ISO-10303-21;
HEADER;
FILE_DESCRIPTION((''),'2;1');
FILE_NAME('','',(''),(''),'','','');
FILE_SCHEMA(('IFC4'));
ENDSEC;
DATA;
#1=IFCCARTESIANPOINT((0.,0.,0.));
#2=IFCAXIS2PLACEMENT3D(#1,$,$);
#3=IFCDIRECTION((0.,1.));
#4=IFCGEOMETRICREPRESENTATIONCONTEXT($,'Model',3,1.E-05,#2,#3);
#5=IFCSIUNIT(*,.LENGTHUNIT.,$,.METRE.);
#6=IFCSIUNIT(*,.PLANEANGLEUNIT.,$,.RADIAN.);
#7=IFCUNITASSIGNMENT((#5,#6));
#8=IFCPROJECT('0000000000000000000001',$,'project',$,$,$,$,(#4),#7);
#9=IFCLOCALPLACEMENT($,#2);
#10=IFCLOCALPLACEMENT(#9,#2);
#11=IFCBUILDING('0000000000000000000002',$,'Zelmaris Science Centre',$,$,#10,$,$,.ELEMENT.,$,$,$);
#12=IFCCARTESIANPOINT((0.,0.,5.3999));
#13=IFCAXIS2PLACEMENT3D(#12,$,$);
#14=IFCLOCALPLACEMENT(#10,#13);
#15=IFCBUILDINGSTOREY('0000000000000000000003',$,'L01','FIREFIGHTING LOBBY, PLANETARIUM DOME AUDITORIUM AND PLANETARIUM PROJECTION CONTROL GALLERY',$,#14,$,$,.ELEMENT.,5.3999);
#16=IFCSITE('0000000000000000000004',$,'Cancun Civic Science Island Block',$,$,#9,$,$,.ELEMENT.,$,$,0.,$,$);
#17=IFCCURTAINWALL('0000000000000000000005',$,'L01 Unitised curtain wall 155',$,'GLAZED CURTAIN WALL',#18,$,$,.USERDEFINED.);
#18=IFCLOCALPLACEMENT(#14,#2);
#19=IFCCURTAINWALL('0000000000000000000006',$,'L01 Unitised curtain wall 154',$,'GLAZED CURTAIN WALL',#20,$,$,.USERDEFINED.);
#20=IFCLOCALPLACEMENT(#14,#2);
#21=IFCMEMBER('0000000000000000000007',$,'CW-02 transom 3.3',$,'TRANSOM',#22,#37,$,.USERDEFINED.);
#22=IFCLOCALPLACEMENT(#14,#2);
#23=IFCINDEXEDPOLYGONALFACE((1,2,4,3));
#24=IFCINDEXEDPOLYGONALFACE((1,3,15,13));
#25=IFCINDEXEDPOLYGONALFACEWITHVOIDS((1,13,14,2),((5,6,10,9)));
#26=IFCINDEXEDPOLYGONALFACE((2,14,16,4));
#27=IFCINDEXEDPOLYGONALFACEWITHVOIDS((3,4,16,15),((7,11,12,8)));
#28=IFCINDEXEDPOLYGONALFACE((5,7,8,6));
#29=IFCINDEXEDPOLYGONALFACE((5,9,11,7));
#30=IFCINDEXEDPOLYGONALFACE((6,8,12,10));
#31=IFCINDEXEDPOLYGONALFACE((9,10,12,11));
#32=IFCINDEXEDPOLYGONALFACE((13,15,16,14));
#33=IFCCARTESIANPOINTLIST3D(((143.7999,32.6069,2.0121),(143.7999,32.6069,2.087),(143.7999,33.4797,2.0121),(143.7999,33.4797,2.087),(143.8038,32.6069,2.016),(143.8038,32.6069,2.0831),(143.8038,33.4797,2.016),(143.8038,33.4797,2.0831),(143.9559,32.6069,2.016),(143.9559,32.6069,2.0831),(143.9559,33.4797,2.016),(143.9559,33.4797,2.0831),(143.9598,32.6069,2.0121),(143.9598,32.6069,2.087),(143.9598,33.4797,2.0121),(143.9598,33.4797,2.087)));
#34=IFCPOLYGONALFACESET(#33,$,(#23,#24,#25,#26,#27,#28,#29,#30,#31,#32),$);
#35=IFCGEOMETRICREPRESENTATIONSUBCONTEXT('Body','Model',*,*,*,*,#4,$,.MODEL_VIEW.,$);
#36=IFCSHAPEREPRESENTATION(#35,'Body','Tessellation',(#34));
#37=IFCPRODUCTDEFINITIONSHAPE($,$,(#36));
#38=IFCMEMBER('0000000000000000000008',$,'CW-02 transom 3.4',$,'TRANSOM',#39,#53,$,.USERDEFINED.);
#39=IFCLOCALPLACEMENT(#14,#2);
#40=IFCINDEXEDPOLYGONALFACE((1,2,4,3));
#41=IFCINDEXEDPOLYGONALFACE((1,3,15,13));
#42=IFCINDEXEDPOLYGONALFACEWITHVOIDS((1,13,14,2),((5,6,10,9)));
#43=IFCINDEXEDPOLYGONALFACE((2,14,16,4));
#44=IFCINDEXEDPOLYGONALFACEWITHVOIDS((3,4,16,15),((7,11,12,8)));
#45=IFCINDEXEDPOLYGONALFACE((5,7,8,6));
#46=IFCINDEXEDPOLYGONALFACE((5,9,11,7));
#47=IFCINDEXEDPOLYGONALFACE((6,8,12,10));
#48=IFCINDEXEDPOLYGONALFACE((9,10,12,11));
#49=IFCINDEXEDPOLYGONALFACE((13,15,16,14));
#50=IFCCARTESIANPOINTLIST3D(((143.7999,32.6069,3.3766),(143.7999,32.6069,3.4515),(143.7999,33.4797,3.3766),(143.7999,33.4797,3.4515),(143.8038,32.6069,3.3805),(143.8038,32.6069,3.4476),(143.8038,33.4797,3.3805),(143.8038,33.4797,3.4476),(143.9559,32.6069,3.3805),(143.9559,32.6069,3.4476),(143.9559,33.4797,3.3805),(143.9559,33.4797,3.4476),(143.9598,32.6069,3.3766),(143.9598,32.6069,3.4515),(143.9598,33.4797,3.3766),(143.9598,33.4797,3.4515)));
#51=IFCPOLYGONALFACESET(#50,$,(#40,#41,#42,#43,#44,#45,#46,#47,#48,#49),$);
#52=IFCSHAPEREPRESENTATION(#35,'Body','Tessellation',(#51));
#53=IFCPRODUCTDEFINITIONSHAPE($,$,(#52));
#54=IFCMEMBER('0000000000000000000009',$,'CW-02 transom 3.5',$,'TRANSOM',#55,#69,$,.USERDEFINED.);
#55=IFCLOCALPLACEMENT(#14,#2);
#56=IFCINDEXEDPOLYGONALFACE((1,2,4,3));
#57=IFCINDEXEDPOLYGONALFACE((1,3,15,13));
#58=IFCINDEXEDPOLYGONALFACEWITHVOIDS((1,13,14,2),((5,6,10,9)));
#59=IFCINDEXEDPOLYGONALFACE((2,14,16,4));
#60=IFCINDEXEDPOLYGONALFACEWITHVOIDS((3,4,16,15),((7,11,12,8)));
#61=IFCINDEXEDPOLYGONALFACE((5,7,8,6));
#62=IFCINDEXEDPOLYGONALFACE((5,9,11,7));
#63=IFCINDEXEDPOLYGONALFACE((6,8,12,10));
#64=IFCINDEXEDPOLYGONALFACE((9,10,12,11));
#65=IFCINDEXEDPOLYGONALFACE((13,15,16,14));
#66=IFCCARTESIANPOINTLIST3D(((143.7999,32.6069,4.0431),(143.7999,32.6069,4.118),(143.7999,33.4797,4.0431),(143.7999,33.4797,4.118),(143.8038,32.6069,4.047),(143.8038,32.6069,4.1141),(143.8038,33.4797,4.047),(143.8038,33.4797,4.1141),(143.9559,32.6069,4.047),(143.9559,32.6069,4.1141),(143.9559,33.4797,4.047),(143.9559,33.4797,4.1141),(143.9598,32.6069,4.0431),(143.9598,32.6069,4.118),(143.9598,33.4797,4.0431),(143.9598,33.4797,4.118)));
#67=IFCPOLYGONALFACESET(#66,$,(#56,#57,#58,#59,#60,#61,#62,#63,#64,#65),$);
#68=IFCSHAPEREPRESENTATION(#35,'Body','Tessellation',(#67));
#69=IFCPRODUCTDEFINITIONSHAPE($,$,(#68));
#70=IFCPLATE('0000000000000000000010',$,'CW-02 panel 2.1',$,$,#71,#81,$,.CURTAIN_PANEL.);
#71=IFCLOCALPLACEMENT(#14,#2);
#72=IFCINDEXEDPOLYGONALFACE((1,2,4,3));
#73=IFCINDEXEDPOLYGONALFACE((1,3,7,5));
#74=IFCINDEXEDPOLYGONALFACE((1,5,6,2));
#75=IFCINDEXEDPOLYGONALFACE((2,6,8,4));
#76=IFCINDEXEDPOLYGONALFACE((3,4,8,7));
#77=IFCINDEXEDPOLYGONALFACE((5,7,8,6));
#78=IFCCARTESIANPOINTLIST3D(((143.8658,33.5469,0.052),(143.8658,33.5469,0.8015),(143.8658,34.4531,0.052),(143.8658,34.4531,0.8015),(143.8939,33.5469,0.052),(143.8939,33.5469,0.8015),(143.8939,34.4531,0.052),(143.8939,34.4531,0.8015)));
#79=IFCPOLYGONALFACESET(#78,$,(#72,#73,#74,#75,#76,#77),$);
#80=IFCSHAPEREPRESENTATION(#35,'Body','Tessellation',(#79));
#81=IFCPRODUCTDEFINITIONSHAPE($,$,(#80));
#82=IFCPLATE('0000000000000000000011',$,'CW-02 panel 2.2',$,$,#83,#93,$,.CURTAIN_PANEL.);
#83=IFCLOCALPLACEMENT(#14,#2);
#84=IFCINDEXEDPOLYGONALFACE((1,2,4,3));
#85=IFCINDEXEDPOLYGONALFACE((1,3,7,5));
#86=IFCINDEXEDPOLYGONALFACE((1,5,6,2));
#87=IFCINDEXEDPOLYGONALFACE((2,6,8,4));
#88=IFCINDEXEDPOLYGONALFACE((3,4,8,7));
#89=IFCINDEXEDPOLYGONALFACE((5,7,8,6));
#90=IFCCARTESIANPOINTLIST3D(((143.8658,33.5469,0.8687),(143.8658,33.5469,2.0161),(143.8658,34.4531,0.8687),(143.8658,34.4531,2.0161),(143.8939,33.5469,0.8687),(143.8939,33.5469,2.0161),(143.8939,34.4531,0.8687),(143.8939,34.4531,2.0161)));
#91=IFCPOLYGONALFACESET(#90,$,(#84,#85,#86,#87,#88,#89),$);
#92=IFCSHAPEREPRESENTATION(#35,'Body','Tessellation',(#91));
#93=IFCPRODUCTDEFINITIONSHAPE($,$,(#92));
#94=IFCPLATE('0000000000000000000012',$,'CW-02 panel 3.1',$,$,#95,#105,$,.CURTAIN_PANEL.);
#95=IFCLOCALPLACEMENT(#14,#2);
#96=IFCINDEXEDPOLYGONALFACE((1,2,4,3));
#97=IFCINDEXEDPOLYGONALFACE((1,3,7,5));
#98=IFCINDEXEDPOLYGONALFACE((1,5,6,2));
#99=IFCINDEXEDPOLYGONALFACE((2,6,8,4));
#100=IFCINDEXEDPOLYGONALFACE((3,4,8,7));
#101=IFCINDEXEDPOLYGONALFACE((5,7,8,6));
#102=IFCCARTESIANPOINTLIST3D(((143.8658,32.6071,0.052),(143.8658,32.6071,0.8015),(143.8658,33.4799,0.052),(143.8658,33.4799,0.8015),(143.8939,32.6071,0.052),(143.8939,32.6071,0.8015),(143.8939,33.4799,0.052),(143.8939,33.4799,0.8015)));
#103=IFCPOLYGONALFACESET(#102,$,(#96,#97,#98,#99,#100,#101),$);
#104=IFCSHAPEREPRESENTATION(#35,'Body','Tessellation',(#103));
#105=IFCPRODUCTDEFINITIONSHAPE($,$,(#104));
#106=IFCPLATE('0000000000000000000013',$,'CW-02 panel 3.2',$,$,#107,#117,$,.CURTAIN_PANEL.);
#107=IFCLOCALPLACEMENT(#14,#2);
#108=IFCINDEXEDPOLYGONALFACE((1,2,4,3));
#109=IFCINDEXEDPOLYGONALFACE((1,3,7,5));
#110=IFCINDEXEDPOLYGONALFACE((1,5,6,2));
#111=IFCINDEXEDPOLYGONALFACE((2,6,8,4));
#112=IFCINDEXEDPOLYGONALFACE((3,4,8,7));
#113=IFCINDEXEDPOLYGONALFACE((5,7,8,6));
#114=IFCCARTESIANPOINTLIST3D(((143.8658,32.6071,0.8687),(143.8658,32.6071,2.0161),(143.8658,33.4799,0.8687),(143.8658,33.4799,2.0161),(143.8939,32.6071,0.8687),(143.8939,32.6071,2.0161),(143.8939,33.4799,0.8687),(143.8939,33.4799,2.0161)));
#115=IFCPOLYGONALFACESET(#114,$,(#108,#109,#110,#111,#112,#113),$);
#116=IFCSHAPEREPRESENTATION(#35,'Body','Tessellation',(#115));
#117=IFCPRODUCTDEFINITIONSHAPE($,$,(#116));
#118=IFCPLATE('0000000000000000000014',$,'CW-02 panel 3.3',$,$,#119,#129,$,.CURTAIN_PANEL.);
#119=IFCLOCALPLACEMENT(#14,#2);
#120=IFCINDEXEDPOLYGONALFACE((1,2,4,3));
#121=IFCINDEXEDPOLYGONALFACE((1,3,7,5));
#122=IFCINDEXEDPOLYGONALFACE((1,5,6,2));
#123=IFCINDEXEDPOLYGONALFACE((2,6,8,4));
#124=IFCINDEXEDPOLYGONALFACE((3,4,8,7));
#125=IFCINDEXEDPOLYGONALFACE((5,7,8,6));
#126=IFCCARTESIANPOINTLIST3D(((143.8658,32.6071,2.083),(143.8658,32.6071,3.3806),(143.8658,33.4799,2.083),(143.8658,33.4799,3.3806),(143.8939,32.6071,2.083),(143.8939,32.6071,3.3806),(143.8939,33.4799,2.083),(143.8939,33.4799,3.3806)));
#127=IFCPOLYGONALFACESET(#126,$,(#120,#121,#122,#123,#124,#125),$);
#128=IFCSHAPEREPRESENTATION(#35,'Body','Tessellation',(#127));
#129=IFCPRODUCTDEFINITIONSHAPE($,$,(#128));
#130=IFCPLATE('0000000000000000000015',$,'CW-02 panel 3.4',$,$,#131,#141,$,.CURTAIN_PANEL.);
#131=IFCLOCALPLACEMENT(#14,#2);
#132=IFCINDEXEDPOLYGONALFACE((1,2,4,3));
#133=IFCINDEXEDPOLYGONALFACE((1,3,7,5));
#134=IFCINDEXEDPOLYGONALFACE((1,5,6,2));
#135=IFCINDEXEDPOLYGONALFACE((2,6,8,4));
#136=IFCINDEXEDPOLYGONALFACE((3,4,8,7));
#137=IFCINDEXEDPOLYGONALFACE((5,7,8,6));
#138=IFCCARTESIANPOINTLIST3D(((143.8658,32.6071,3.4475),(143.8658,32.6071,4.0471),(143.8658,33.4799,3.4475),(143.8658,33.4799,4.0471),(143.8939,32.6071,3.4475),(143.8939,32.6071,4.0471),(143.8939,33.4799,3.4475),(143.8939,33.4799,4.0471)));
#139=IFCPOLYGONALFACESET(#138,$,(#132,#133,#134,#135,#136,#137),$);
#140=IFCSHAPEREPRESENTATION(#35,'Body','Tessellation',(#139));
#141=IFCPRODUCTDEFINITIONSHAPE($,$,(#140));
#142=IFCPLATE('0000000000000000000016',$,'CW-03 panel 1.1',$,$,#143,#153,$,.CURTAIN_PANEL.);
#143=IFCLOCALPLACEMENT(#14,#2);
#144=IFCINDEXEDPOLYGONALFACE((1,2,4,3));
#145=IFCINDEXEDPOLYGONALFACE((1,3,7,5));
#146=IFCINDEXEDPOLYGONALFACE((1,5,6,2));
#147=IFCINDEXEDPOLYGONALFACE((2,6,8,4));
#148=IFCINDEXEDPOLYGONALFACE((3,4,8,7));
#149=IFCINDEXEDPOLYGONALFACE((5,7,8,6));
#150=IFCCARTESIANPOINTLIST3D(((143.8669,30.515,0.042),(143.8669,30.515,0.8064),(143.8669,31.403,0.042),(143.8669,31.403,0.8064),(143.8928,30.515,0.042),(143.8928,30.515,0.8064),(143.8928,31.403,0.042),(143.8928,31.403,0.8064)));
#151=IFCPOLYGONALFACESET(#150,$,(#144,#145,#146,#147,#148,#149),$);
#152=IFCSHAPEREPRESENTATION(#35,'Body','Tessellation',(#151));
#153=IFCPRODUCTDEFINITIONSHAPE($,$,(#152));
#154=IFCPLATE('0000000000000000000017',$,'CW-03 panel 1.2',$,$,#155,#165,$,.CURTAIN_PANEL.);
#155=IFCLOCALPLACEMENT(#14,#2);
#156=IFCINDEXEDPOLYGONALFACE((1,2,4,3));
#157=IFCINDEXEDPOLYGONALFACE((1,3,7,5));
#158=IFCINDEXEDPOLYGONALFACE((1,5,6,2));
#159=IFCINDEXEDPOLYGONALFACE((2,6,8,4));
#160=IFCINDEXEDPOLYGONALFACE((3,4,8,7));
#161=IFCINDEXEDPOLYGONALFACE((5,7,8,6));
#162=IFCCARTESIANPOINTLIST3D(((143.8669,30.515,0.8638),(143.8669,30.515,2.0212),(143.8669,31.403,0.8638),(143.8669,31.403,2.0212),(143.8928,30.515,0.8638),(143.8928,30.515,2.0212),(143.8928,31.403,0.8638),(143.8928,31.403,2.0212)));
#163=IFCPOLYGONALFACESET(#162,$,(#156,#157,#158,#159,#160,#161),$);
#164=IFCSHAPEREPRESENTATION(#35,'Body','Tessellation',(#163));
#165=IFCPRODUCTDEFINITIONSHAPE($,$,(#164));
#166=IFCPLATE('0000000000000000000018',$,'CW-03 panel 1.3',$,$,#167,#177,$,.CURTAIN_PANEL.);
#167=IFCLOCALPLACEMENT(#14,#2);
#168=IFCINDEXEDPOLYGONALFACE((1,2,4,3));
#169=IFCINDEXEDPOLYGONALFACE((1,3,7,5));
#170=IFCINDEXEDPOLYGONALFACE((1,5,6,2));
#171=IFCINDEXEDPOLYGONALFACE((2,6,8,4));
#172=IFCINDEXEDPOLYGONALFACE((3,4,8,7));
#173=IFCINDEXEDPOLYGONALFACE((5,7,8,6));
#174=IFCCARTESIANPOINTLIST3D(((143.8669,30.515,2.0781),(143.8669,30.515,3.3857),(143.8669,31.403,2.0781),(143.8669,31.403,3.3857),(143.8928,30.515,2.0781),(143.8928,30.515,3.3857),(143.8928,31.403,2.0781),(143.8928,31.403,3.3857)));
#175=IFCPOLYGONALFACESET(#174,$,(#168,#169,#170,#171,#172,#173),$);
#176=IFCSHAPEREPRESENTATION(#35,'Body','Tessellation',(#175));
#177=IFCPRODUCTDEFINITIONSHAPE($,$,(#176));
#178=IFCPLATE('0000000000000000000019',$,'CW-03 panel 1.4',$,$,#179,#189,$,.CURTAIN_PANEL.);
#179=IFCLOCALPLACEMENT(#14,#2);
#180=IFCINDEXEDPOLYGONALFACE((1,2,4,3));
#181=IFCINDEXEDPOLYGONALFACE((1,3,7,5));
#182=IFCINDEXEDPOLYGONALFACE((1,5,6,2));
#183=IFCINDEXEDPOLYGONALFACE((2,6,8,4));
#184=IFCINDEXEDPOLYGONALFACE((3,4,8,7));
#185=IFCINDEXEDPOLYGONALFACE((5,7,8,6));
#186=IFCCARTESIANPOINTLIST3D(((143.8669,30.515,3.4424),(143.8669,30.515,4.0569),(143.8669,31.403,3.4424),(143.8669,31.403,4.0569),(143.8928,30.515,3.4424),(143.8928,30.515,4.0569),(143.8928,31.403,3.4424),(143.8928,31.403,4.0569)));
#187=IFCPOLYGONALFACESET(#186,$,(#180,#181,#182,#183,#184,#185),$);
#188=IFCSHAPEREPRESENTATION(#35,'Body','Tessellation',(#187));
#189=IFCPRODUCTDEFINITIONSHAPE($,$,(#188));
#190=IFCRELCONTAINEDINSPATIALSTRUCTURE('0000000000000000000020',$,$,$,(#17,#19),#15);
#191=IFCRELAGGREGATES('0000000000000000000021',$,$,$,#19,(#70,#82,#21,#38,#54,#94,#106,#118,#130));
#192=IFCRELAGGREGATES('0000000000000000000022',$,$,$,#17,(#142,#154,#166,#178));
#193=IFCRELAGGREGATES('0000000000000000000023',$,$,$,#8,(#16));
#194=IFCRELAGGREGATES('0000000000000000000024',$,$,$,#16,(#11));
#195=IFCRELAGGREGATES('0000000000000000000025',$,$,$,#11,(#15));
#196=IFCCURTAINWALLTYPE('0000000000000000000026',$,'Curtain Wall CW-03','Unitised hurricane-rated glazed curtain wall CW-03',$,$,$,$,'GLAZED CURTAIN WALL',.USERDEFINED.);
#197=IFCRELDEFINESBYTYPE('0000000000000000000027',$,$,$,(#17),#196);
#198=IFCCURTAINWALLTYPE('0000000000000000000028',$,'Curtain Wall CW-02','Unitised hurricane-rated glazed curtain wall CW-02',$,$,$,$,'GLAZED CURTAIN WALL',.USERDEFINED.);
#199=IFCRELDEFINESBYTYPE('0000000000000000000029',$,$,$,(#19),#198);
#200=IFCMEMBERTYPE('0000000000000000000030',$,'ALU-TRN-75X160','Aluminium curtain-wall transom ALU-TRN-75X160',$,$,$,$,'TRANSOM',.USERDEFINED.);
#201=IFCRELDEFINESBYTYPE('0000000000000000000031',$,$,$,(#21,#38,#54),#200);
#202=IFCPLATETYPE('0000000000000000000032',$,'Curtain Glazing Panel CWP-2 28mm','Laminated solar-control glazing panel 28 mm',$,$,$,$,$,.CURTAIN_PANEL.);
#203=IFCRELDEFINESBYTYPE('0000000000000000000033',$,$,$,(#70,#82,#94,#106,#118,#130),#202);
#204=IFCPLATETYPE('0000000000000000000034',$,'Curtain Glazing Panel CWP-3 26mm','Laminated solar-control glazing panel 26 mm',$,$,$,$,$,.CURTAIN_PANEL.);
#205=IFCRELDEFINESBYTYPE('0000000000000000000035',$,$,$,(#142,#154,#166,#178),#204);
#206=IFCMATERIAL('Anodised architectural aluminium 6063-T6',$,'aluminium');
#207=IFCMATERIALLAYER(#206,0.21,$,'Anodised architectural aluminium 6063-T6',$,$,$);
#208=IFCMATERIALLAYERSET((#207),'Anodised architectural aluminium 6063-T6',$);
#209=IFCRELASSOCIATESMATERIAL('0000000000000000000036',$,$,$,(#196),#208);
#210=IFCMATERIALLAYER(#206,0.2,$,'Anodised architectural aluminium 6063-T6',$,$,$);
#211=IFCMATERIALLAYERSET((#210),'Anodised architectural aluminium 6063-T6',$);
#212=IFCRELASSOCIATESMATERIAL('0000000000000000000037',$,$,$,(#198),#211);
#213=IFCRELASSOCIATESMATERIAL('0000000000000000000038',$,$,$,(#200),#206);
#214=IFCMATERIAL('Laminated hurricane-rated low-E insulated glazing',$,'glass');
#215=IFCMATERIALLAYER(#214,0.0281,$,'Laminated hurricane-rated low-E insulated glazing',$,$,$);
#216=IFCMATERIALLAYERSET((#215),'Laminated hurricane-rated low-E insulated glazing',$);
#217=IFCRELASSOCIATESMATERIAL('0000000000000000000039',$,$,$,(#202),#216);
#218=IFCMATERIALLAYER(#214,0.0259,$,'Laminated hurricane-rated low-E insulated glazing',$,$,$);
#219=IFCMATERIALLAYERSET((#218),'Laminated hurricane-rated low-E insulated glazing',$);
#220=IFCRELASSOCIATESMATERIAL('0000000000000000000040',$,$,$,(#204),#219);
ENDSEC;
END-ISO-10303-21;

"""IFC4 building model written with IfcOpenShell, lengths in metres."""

from ifc_helpers import new_model, si_unit, direction, frame, origin, origin_2d, place, context, subcontext, project, spatial, rectangle, hollow_rectangle, extrude, material, layer, layer_set, material_profile, profile_set, type_object, element, aggregate, save


model = new_model("IFC4")

# Units and contexts
model_context = context("Model", 3, precision=1e-05, world=origin(), true_north=direction((0.0, 1.0)))
body_context = subcontext(model_context, "Body", "Model", "MODEL_VIEW")
ifc_project = project(units=[si_unit("LENGTHUNIT", "METRE"), si_unit("PLANEANGLEUNIT", "RADIAN")], contexts=[model_context])

# Site, building, storey
site_placement = place(None, origin())
site = spatial("IfcSite", under=ifc_project, at=site_placement, Name="Cancun Civic Science Island Block", CompositionType="ELEMENT", RefElevation=0.0)
building_placement = place(site_placement, origin())
building = spatial("IfcBuilding", under=site, at=building_placement, Name="Zelmaris Science Centre", CompositionType="ELEMENT")
storey_placement = place(building_placement, frame((0.0, 0.0, 5.3999)))
storey = spatial("IfcBuildingStorey", under=building, at=storey_placement, Name="L01", Description="FIREFIGHTING LOBBY, PLANETARIUM DOME AUDITORIUM AND PLANETARIUM PROJECTION CONTROL GALLERY", CompositionType="ELEMENT", Elevation=5.3999)

# Curtain wall
ifc_material_1 = material(Name="Anodised architectural aluminium 6063-T6", Category="aluminium")
ifc_layer_1 = layer(ifc_material_1, 0.21, Name="Anodised architectural aluminium 6063-T6")
ifc_layer_set_1 = layer_set([ifc_layer_1], Name="Anodised architectural aluminium 6063-T6")
curtain_wall_type_1 = type_object("IfcCurtainWallType", Name="Curtain Wall CW-03", Description="Unitised hurricane-rated glazed curtain wall CW-03", ElementType="GLAZED CURTAIN WALL", PredefinedType="USERDEFINED", material=ifc_layer_set_1)
curtain_wall_1_placement = place(storey_placement, origin())
curtain_wall_1 = element("IfcCurtainWall", 1, at=curtain_wall_1_placement, inside=storey, type_object=curtain_wall_type_1, Name="L01 Unitised curtain wall 155", ObjectType="GLAZED CURTAIN WALL", PredefinedType="USERDEFINED")

# Curtain wall
ifc_layer_2 = layer(ifc_material_1, 0.2, Name="Anodised architectural aluminium 6063-T6")
ifc_layer_set_2 = layer_set([ifc_layer_2], Name="Anodised architectural aluminium 6063-T6")
curtain_wall_type_2 = type_object("IfcCurtainWallType", Name="Curtain Wall CW-02", Description="Unitised hurricane-rated glazed curtain wall CW-02", ElementType="GLAZED CURTAIN WALL", PredefinedType="USERDEFINED", material=ifc_layer_set_2)
curtain_wall_2_placement = place(storey_placement, origin())
curtain_wall_2 = element("IfcCurtainWall", 2, at=curtain_wall_2_placement, inside=storey, type_object=curtain_wall_type_2, Name="L01 Unitised curtain wall 154", ObjectType="GLAZED CURTAIN WALL", PredefinedType="USERDEFINED")

# Members
ifc_material_profile_1 = material_profile(ifc_material_1, hollow_rectangle(XDim=0.075, YDim=0.1599, WallThickness=0.0039, at=origin_2d()), Name="ALU-TRN-75X160")
ifc_profile_set_1 = profile_set([ifc_material_profile_1], Name="Anodised architectural aluminium 6063-T6")
member_type_1 = type_object("IfcMemberType", Name="ALU-TRN-75X160", Description="Aluminium curtain-wall transom ALU-TRN-75X160", ElementType="TRANSOM", PredefinedType="USERDEFINED", material=ifc_profile_set_1)
member_1_placement = place(storey_placement, frame((143.8799, 33.4797, 2.0496), z_axis=(0.0, -1.0, 0.0), x_axis=(0.0, 0.0, 1.0)))
member_1 = element("IfcMember", 3, at=member_1_placement, type_object=member_type_1, Name="CW-02 transom 3.3", ObjectType="TRANSOM", PredefinedType="USERDEFINED", context=body_context, shape_type="SweptSolid", body=[
    extrude(hollow_rectangle(XDim=0.075, YDim=0.1599, WallThickness=0.0039, at=origin_2d()), origin(), (0.0, 0.0, 1.0), 0.8728),
])
member_2_placement = place(storey_placement, frame((143.8799, 33.4797, 3.4141), z_axis=(0.0, -1.0, 0.0), x_axis=(0.0, 0.0, 1.0)))
member_2 = element("IfcMember", 4, at=member_2_placement, type_object=member_type_1, Name="CW-02 transom 3.4", ObjectType="TRANSOM", PredefinedType="USERDEFINED", context=body_context, shape_type="SweptSolid", body=[
    extrude(hollow_rectangle(XDim=0.075, YDim=0.1599, WallThickness=0.0039, at=origin_2d()), origin(), (0.0, 0.0, 1.0), 0.8728),
])
member_3_placement = place(storey_placement, frame((143.8799, 33.4797, 4.0806), z_axis=(0.0, -1.0, 0.0), x_axis=(0.0, 0.0, 1.0)))
member_3 = element("IfcMember", 5, at=member_3_placement, type_object=member_type_1, Name="CW-02 transom 3.5", ObjectType="TRANSOM", PredefinedType="USERDEFINED", context=body_context, shape_type="SweptSolid", body=[
    extrude(hollow_rectangle(XDim=0.075, YDim=0.1599, WallThickness=0.0039, at=origin_2d()), origin(), (0.0, 0.0, 1.0), 0.8728),
])

# Plates
ifc_material_2 = material(Name="Laminated hurricane-rated low-E insulated glazing", Category="glass")
ifc_layer_3 = layer(ifc_material_2, 0.0281, Name="Laminated hurricane-rated low-E insulated glazing")
ifc_layer_set_3 = layer_set([ifc_layer_3], Name="Laminated hurricane-rated low-E insulated glazing")
plate_type_1 = type_object("IfcPlateType", Name="Curtain Glazing Panel CWP-2 28mm", Description="Laminated solar-control glazing panel 28 mm", PredefinedType="CURTAIN_PANEL", material=ifc_layer_set_3)
plate_1_placement = place(storey_placement, frame((143.8799, 34.0, 0.052), z_axis=(0.0, 0.0, 1.0), x_axis=(0.0, -1.0, 0.0)))
plate_1 = element("IfcPlate", 6, at=plate_1_placement, type_object=plate_type_1, Name="CW-02 panel 2.1", PredefinedType="CURTAIN_PANEL", context=body_context, shape_type="SweptSolid", body=[
    extrude(rectangle(XDim=0.9062, YDim=0.0281, at=origin_2d()), origin(), (0.0, 0.0, 1.0), 0.7495),
])
plate_2_placement = place(storey_placement, frame((143.8799, 34.0, 0.8687), z_axis=(0.0, 0.0, 1.0), x_axis=(0.0, -1.0, 0.0)))
plate_2 = element("IfcPlate", 7, at=plate_2_placement, type_object=plate_type_1, Name="CW-02 panel 2.2", PredefinedType="CURTAIN_PANEL", context=body_context, shape_type="SweptSolid", body=[
    extrude(rectangle(XDim=0.9062, YDim=0.0281, at=origin_2d()), origin(), (0.0, 0.0, 1.0), 1.1475),
])
plate_3_placement = place(storey_placement, frame((143.8799, 33.0435, 0.052), z_axis=(0.0, 0.0, 1.0), x_axis=(0.0, -1.0, 0.0)))
plate_3 = element("IfcPlate", 8, at=plate_3_placement, type_object=plate_type_1, Name="CW-02 panel 3.1", PredefinedType="CURTAIN_PANEL", context=body_context, shape_type="SweptSolid", body=[
    extrude(rectangle(XDim=0.8728, YDim=0.0281, at=origin_2d()), origin(), (0.0, 0.0, 1.0), 0.7495),
])
plate_4_placement = place(storey_placement, frame((143.8799, 33.0435, 0.8687), z_axis=(0.0, 0.0, 1.0), x_axis=(0.0, -1.0, 0.0)))
plate_4 = element("IfcPlate", 9, at=plate_4_placement, type_object=plate_type_1, Name="CW-02 panel 3.2", PredefinedType="CURTAIN_PANEL", context=body_context, shape_type="SweptSolid", body=[
    extrude(rectangle(XDim=0.8728, YDim=0.0281, at=origin_2d()), origin(), (0.0, 0.0, 1.0), 1.1475),
])
plate_5_placement = place(storey_placement, frame((143.8799, 33.0435, 2.083), z_axis=(0.0, 0.0, 1.0), x_axis=(0.0, -1.0, 0.0)))
plate_5 = element("IfcPlate", 10, at=plate_5_placement, type_object=plate_type_1, Name="CW-02 panel 3.3", PredefinedType="CURTAIN_PANEL", context=body_context, shape_type="SweptSolid", body=[
    extrude(rectangle(XDim=0.8728, YDim=0.0281, at=origin_2d()), origin(), (0.0, 0.0, 1.0), 1.2976),
])
plate_6_placement = place(storey_placement, frame((143.8799, 33.0435, 3.4475), z_axis=(0.0, 0.0, 1.0), x_axis=(0.0, -1.0, 0.0)))
plate_6 = element("IfcPlate", 11, at=plate_6_placement, type_object=plate_type_1, Name="CW-02 panel 3.4", PredefinedType="CURTAIN_PANEL", context=body_context, shape_type="SweptSolid", body=[
    extrude(rectangle(XDim=0.8728, YDim=0.0281, at=origin_2d()), origin(), (0.0, 0.0, 1.0), 0.5996),
])
aggregate(curtain_wall_2, [plate_1, plate_2, member_1, member_2, member_3, plate_3, plate_4, plate_5, plate_6])
ifc_layer_4 = layer(ifc_material_2, 0.0259, Name="Laminated hurricane-rated low-E insulated glazing")
ifc_layer_set_4 = layer_set([ifc_layer_4], Name="Laminated hurricane-rated low-E insulated glazing")
plate_type_2 = type_object("IfcPlateType", Name="Curtain Glazing Panel CWP-3 26mm", Description="Laminated solar-control glazing panel 26 mm", PredefinedType="CURTAIN_PANEL", material=ifc_layer_set_4)
plate_7_placement = place(storey_placement, frame((143.8799, 30.959, 0.042), z_axis=(0.0, 0.0, 1.0), x_axis=(0.0, -1.0, 0.0)))
plate_7 = element("IfcPlate", 12, at=plate_7_placement, type_object=plate_type_2, Name="CW-03 panel 1.1", PredefinedType="CURTAIN_PANEL", context=body_context, shape_type="SweptSolid", body=[
    extrude(rectangle(XDim=0.8879, YDim=0.0259, at=origin_2d()), origin(), (0.0, 0.0, 1.0), 0.7644),
])
plate_8_placement = place(storey_placement, frame((143.8799, 30.959, 0.8638), z_axis=(0.0, 0.0, 1.0), x_axis=(0.0, -1.0, 0.0)))
plate_8 = element("IfcPlate", 13, at=plate_8_placement, type_object=plate_type_2, Name="CW-03 panel 1.2", PredefinedType="CURTAIN_PANEL", context=body_context, shape_type="SweptSolid", body=[
    extrude(rectangle(XDim=0.8879, YDim=0.0259, at=origin_2d()), origin(), (0.0, 0.0, 1.0), 1.1575),
])
plate_9_placement = place(storey_placement, frame((143.8799, 30.959, 2.0781), z_axis=(0.0, 0.0, 1.0), x_axis=(0.0, -1.0, 0.0)))
plate_9 = element("IfcPlate", 14, at=plate_9_placement, type_object=plate_type_2, Name="CW-03 panel 1.3", PredefinedType="CURTAIN_PANEL", context=body_context, shape_type="SweptSolid", body=[
    extrude(rectangle(XDim=0.8879, YDim=0.0259, at=origin_2d()), origin(), (0.0, 0.0, 1.0), 1.3076),
])
plate_10_placement = place(storey_placement, frame((143.8799, 30.959, 3.4424), z_axis=(0.0, 0.0, 1.0), x_axis=(0.0, -1.0, 0.0)))
plate_10 = element("IfcPlate", 15, at=plate_10_placement, type_object=plate_type_2, Name="CW-03 panel 1.4", PredefinedType="CURTAIN_PANEL", context=body_context, shape_type="SweptSolid", body=[
    extrude(rectangle(XDim=0.8879, YDim=0.0259, at=origin_2d()), origin(), (0.0, 0.0, 1.0), 0.6145),
])
aggregate(curtain_wall_1, [plate_7, plate_8, plate_9, plate_10])

save(model, "model.ifc")
